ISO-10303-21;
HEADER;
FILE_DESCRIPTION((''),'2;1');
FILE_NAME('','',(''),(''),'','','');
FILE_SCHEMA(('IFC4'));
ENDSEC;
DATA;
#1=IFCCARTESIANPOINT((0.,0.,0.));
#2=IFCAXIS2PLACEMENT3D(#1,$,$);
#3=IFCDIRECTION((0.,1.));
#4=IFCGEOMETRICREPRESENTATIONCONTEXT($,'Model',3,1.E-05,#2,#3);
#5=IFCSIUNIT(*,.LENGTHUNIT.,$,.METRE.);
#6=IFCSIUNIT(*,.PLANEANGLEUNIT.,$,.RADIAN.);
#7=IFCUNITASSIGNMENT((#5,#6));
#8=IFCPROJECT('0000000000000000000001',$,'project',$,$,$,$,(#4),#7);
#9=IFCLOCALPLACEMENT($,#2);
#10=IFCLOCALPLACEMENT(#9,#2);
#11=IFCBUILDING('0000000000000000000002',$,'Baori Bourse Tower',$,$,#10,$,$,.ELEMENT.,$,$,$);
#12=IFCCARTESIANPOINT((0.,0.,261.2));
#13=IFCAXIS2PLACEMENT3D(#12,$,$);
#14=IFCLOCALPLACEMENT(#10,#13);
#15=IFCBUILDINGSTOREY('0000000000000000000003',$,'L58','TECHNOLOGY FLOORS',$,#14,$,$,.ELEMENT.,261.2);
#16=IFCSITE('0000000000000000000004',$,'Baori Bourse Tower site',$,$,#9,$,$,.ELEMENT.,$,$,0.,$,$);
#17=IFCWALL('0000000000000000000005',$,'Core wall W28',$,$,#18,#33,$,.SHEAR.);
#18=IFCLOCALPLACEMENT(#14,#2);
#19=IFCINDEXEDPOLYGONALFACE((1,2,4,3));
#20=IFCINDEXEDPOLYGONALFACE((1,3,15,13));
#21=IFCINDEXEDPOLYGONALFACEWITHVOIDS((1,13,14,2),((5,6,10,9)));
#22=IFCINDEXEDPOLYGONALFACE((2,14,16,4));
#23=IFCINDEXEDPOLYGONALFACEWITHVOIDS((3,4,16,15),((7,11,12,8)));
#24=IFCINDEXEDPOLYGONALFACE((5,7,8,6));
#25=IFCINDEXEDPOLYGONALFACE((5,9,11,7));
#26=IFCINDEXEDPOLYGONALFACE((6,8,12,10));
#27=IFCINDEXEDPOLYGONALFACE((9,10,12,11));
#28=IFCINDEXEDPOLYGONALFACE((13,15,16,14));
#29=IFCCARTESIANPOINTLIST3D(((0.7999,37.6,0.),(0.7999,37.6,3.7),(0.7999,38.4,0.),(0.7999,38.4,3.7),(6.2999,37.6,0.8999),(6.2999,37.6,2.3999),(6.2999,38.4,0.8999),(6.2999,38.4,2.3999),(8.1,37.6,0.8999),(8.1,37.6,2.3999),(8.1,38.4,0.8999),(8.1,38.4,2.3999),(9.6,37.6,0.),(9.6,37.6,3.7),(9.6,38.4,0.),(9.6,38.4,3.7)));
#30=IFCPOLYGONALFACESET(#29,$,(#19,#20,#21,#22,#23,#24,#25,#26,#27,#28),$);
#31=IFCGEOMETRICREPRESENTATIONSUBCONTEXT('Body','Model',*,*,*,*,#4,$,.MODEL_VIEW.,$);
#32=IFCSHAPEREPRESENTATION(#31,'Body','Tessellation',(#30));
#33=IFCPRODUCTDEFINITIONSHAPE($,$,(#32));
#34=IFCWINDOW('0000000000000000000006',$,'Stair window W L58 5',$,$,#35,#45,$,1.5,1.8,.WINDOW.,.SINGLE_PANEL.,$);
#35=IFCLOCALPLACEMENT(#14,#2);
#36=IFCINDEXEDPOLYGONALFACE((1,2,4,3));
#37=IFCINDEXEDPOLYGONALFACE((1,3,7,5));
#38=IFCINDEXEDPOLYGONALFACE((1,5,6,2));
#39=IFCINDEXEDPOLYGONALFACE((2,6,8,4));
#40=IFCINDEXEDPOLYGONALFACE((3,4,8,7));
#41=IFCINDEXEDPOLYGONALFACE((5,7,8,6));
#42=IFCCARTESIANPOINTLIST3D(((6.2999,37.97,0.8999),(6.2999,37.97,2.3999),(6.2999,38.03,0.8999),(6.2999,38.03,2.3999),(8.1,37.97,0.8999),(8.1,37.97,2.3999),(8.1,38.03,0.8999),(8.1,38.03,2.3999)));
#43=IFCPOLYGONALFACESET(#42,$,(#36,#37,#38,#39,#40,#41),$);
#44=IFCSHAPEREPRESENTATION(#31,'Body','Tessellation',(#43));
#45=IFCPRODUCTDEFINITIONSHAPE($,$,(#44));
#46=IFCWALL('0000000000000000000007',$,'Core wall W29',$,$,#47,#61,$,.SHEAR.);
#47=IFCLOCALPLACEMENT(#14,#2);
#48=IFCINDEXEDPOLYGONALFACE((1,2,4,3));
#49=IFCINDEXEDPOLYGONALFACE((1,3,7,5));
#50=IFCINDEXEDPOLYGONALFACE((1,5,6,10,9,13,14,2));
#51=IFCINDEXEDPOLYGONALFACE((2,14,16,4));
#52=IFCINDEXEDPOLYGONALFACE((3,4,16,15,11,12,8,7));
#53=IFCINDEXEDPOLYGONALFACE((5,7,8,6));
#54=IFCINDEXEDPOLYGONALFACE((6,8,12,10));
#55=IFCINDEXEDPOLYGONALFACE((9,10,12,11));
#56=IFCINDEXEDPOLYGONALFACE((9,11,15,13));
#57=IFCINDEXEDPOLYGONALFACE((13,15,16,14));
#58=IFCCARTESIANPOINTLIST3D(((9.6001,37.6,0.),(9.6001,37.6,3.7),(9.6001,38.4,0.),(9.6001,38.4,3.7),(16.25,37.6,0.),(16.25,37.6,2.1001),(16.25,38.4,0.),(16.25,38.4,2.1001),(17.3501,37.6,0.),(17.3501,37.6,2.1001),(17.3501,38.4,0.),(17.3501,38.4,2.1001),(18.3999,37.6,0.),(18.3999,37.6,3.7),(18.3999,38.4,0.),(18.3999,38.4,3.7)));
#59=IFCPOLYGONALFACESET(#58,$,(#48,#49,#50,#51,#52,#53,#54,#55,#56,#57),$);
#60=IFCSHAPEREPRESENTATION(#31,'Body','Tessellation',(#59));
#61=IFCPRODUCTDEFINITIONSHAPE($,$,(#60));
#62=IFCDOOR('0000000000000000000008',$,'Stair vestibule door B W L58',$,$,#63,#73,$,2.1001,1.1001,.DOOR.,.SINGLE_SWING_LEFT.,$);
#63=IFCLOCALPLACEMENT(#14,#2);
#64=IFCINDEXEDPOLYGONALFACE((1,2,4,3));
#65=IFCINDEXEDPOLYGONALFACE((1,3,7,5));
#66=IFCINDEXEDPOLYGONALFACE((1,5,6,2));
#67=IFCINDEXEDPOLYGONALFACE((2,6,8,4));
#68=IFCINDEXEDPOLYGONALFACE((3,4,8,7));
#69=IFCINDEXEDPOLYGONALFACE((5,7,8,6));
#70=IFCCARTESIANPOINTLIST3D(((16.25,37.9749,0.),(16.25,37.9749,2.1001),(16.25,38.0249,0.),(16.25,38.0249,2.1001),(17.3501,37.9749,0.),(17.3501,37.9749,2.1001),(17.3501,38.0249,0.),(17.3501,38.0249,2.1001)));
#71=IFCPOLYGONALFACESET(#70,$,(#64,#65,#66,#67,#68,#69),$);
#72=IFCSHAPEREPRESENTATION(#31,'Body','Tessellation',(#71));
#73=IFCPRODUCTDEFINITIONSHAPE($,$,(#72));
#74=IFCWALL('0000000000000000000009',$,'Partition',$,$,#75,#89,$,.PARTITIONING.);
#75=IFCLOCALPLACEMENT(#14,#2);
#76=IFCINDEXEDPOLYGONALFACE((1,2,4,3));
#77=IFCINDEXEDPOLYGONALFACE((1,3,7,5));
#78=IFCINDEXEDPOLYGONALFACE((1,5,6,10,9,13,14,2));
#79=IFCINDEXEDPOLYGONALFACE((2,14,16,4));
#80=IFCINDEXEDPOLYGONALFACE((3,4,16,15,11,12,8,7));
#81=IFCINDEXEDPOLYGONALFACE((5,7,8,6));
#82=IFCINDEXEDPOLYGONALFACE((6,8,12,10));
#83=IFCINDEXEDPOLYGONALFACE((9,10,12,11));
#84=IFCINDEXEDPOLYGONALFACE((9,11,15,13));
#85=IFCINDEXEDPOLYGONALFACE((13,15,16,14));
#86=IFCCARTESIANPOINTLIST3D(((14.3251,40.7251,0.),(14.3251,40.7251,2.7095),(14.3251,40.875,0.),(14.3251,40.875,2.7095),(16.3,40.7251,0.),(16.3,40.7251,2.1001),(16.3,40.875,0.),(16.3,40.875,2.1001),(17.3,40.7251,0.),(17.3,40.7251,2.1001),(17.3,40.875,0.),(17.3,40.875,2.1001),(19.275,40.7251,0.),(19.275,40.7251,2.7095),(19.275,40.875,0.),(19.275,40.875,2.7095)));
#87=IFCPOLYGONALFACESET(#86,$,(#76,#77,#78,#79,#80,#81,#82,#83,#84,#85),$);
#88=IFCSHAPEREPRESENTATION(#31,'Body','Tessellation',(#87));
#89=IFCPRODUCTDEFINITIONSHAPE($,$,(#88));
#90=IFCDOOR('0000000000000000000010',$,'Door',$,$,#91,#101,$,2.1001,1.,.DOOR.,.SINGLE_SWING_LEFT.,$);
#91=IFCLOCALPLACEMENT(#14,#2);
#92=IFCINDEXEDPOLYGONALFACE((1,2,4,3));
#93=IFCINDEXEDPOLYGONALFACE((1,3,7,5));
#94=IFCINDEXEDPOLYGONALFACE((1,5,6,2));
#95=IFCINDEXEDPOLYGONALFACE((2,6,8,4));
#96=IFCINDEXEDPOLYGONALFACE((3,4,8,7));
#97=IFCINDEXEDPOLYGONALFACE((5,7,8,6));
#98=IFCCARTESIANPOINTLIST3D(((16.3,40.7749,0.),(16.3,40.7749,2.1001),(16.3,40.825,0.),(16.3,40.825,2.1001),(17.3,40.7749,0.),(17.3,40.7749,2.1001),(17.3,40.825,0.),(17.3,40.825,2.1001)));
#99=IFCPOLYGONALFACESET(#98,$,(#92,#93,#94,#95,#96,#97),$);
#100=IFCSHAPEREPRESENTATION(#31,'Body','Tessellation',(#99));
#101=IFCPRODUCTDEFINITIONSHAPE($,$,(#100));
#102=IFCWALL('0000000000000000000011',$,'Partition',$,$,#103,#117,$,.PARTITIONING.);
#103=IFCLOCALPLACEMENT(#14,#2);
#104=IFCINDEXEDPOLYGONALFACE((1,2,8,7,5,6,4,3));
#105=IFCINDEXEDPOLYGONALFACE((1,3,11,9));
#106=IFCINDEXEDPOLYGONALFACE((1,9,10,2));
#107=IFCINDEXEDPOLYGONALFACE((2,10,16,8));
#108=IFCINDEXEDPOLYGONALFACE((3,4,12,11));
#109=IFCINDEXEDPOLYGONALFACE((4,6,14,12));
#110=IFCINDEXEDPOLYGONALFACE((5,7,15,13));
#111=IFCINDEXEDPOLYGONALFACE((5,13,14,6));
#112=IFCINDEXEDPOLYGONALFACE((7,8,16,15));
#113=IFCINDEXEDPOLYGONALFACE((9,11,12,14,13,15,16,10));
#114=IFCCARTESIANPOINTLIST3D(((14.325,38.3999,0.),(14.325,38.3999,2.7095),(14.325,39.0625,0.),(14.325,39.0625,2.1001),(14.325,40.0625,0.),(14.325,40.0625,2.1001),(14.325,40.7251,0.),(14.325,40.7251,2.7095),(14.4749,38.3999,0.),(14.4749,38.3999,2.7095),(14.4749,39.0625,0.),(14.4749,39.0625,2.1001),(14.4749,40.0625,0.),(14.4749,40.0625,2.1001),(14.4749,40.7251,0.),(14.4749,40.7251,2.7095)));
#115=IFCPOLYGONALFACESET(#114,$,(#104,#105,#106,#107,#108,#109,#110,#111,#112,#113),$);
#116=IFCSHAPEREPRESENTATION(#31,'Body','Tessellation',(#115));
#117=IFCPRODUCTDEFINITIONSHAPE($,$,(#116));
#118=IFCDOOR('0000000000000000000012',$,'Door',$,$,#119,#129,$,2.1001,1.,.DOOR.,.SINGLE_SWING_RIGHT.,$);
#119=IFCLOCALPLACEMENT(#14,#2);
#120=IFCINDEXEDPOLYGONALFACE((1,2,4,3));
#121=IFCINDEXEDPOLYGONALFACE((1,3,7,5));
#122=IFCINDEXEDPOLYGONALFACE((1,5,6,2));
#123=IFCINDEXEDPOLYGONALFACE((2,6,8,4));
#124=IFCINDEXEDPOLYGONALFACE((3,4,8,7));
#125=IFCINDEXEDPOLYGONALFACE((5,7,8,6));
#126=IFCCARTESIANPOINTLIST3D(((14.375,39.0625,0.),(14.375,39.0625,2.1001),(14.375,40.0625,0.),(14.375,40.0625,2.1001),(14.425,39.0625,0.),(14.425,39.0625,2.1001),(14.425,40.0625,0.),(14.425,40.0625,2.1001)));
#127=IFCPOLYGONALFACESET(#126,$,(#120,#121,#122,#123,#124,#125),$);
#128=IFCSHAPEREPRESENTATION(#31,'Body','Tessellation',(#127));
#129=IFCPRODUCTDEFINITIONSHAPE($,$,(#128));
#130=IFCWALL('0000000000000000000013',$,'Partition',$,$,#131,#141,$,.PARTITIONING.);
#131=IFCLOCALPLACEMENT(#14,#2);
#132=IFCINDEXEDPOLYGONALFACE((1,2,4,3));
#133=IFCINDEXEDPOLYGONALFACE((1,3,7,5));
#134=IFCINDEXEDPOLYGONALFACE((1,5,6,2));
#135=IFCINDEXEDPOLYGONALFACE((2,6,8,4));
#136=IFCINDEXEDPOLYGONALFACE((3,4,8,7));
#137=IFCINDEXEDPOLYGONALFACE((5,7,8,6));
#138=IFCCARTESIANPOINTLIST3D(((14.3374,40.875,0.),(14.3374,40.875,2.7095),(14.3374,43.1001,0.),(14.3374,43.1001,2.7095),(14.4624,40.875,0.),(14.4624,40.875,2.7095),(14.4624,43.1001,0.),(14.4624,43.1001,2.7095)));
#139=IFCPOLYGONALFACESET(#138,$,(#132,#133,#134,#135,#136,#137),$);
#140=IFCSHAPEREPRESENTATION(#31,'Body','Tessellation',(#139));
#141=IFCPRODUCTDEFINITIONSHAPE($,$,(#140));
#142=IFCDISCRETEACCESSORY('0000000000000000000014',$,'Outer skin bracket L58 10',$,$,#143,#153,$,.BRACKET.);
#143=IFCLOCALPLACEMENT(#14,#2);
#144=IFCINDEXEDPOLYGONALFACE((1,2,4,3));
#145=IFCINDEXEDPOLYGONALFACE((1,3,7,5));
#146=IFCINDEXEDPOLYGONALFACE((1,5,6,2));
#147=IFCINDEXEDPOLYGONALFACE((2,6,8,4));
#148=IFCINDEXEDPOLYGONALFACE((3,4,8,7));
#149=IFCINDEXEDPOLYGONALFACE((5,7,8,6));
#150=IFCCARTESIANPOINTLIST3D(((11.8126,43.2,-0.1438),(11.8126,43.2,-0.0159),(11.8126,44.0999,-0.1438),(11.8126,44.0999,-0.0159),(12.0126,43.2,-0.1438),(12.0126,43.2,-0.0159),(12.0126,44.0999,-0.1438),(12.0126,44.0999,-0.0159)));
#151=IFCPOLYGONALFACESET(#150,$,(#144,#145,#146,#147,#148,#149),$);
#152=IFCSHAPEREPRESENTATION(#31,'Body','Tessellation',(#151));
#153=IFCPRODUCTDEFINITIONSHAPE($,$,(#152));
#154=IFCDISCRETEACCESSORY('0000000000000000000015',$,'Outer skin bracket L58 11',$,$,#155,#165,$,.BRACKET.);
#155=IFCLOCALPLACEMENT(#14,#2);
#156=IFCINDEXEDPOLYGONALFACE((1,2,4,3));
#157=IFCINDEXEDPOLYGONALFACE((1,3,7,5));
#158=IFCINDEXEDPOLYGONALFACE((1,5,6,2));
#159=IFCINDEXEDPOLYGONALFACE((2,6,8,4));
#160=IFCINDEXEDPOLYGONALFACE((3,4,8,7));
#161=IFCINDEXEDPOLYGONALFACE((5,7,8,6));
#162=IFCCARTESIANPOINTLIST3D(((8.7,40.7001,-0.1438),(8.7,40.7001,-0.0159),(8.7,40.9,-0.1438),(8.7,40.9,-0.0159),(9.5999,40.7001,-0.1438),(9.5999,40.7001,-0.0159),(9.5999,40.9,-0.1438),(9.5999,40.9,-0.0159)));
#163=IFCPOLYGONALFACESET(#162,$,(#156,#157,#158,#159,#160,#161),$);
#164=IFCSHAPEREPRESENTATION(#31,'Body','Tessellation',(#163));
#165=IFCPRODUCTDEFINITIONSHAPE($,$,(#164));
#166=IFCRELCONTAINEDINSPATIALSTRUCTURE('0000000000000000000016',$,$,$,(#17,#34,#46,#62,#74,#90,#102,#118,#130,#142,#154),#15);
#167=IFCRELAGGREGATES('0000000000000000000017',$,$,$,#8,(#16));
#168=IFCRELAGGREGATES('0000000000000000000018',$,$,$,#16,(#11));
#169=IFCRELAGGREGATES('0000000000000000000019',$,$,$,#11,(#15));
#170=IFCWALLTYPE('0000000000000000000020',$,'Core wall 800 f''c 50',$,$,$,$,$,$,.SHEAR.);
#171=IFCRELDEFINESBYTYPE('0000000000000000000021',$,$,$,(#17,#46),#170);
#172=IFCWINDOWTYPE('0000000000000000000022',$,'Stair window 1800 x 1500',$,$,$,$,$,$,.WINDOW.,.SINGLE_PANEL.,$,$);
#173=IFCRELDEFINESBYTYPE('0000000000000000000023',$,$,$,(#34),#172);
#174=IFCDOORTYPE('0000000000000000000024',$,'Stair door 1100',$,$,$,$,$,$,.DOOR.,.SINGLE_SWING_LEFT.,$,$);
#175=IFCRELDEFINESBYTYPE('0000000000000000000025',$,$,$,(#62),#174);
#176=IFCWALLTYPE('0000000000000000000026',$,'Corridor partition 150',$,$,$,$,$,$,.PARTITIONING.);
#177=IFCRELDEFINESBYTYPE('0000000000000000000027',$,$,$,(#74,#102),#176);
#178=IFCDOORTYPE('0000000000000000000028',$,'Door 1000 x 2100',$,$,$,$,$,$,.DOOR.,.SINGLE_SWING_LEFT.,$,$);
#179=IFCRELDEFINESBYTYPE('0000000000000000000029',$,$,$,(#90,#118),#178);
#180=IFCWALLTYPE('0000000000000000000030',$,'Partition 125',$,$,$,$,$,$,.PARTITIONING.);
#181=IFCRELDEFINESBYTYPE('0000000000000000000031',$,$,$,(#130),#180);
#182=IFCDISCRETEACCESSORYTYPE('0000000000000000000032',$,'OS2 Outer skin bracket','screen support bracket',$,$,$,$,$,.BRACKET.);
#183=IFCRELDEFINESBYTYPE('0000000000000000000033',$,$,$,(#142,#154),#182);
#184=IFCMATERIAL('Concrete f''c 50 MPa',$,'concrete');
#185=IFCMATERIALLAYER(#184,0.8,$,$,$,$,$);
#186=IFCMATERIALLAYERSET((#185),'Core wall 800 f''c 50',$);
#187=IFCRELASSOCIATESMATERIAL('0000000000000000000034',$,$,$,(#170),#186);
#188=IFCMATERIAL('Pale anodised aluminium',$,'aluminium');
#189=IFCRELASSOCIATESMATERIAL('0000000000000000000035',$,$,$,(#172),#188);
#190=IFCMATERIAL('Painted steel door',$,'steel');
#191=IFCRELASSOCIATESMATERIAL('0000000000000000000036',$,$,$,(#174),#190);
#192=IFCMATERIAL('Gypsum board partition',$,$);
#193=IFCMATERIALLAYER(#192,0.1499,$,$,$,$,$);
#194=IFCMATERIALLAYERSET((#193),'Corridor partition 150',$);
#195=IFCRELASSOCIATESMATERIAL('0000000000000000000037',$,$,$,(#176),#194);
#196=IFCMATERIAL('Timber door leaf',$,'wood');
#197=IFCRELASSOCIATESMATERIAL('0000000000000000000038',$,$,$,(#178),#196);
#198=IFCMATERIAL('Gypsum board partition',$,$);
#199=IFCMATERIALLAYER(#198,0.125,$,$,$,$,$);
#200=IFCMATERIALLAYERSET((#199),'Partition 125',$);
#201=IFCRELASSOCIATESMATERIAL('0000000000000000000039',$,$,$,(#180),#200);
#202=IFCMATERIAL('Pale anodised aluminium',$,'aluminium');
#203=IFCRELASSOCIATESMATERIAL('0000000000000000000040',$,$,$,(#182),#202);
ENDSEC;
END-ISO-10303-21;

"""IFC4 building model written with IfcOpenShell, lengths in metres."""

from ifc_helpers import new_model, si_unit, direction, frame, frame_2d, origin, origin_2d, place, context, subcontext, project, spatial, rectangle, extrude, material, layer, layer_set, type_object, element, fill, save


model = new_model("IFC4")

# Units and contexts
model_context = context("Model", 3, precision=1e-05, world=origin(), true_north=direction((0.0, 1.0)))
body_context = subcontext(model_context, "Body", "Model", "MODEL_VIEW")
ifc_project = project(units=[si_unit("LENGTHUNIT", "METRE"), si_unit("PLANEANGLEUNIT", "RADIAN")], contexts=[model_context])

# Site, building, storey
site_placement = place(None, origin())
site = spatial("IfcSite", under=ifc_project, at=site_placement, Name="Baori Bourse Tower site", CompositionType="ELEMENT", RefElevation=0.0)
building_placement = place(site_placement, origin())
building = spatial("IfcBuilding", under=site, at=building_placement, Name="Baori Bourse Tower", CompositionType="ELEMENT")
storey_placement = place(building_placement, frame((0.0, 0.0, 261.2)))
storey = spatial("IfcBuildingStorey", under=building, at=storey_placement, Name="L58", Description="TECHNOLOGY FLOORS", CompositionType="ELEMENT", Elevation=261.2)

# Wall, opening, window
ifc_material_1 = material(Name="Concrete f'c 50 MPa", Category="concrete")
ifc_layer_1 = layer(ifc_material_1, 0.8)
ifc_layer_set_1 = layer_set([ifc_layer_1], Name="Core wall 800 f'c 50")
wall_type_1 = type_object("IfcWallType", Name="Core wall 800 f'c 50", PredefinedType="SHEAR", material=ifc_layer_set_1)
wall_1_placement = place(storey_placement, frame((0.8, 38.0, 0.0), z_axis=(0.0, 0.0, 1.0), x_axis=(1.0, 0.0, 0.0)))
wall_1 = element("IfcWall", 1, at=wall_1_placement, inside=storey, type_object=wall_type_1, Name="Core wall W28", PredefinedType="SHEAR", context=body_context, shape_type="SweptSolid", body=[
    extrude(rectangle(XDim=8.8, YDim=0.8, at=frame_2d((4.3999, 0.0))), origin(), (0.0, 0.0, 1.0), 3.7),
])
opening_1_placement = place(wall_1_placement, frame((5.5, 0.0, 0.8999)))
opening_1 = element("IfcOpeningElement", 2, at=opening_1_placement, cuts=wall_1, PredefinedType="OPENING", context=body_context, shape_type="SweptSolid", body=[
    extrude(rectangle(XDim=1.8, YDim=1.5, at=frame_2d((0.8999, 0.75))), frame((0.0, 0.4099, 0.0), z_axis=(0.0, -1.0, 0.0), x_axis=(1.0, 0.0, 0.0)), (0.0, 0.0, 1.0), 0.8201),
])
ifc_material_2 = material(Name="Pale anodised aluminium", Category="aluminium")
window_type = type_object("IfcWindowType", Name="Stair window 1800 x 1500", PartitioningType="SINGLE_PANEL", PredefinedType="WINDOW", material=ifc_material_2)
window_placement = place(opening_1_placement, origin())
window = element("IfcWindow", 3, at=window_placement, inside=storey, type_object=window_type, Name="Stair window W L58 5", OverallHeight=1.5, OverallWidth=1.8, PartitioningType="SINGLE_PANEL", PredefinedType="WINDOW", context=body_context, shape_type="SweptSolid", body=[
    extrude(rectangle(XDim=1.8, YDim=1.5, at=frame_2d((0.8999, 0.75))), frame((0.0, 0.03, 0.0), z_axis=(0.0, -1.0, 0.0), x_axis=(1.0, 0.0, 0.0)), (0.0, 0.0, 1.0), 0.0601),
])
fill(opening_1, window)

# Walls, openings, doors
wall_2_placement = place(storey_placement, frame((9.6001, 38.0, 0.0), z_axis=(0.0, 0.0, 1.0), x_axis=(1.0, 0.0, 0.0)))
wall_2 = element("IfcWall", 4, at=wall_2_placement, inside=storey, type_object=wall_type_1, Name="Core wall W29", PredefinedType="SHEAR", context=body_context, shape_type="SweptSolid", body=[
    extrude(rectangle(XDim=8.7998, YDim=0.8, at=frame_2d((4.3999, 0.0))), origin(), (0.0, 0.0, 1.0), 3.7),
])
opening_2_placement = place(wall_2_placement, frame((6.6499, 0.0, 0.0)))
opening_2 = element("IfcOpeningElement", 5, at=opening_2_placement, cuts=wall_2, PredefinedType="OPENING", context=body_context, shape_type="SweptSolid", body=[
    extrude(rectangle(XDim=1.1001, YDim=2.1001, at=frame_2d((0.55, 1.05))), frame((0.0, 0.4099, 0.0), z_axis=(0.0, -1.0, 0.0), x_axis=(1.0, 0.0, 0.0)), (0.0, 0.0, 1.0), 0.8201),
])
ifc_material_3 = material(Name="Painted steel door", Category="steel")
door_type_1 = type_object("IfcDoorType", Name="Stair door 1100", OperationType="SINGLE_SWING_LEFT", PredefinedType="DOOR", material=ifc_material_3)
door_1_placement = place(opening_2_placement, origin())
door_1 = element("IfcDoor", 6, at=door_1_placement, inside=storey, type_object=door_type_1, Name="Stair vestibule door B W L58", OperationType="SINGLE_SWING_LEFT", OverallHeight=2.1001, OverallWidth=1.1001, PredefinedType="DOOR", context=body_context, shape_type="SweptSolid", body=[
    extrude(rectangle(XDim=1.1001, YDim=2.1001, at=frame_2d((0.55, 1.05))), frame((0.0, 0.0249, 0.0), z_axis=(0.0, -1.0, 0.0), x_axis=(1.0, 0.0, 0.0)), (0.0, 0.0, 1.0), 0.05),
])
fill(opening_2, door_1)
ifc_material_4 = material(Name="Gypsum board partition")
ifc_layer_2 = layer(ifc_material_4, 0.1499)
ifc_layer_set_2 = layer_set([ifc_layer_2], Name="Corridor partition 150")
wall_type_2 = type_object("IfcWallType", Name="Corridor partition 150", PredefinedType="PARTITIONING", material=ifc_layer_set_2)
wall_3_placement = place(storey_placement, frame((14.325, 40.8, 0.0), z_axis=(0.0, 0.0, 1.0), x_axis=(1.0, 0.0, 0.0)))
wall_3 = element("IfcWall", 7, at=wall_3_placement, inside=storey, type_object=wall_type_2, Name="Partition", PredefinedType="PARTITIONING", context=body_context, shape_type="SweptSolid", body=[
    extrude(rectangle(XDim=4.95, YDim=0.1499, at=frame_2d((2.4751, 0.0))), origin(), (0.0, 0.0, 1.0), 2.7095),
])
opening_3_placement = place(wall_3_placement, frame((1.9751, 0.0, 0.0)))
opening_3 = element("IfcOpeningElement", 8, at=opening_3_placement, cuts=wall_3, PredefinedType="OPENING", context=body_context, shape_type="SweptSolid", body=[
    extrude(rectangle(XDim=1.0, YDim=2.1001, at=frame_2d((0.5, 1.05))), frame((0.0, 0.085, 0.0), z_axis=(0.0, -1.0, 0.0), x_axis=(1.0, 0.0, 0.0)), (0.0, 0.0, 1.0), 0.1699),
])
ifc_material_5 = material(Name="Timber door leaf", Category="wood")
door_type_2 = type_object("IfcDoorType", Name="Door 1000 x 2100", OperationType="SINGLE_SWING_LEFT", PredefinedType="DOOR", material=ifc_material_5)
door_2_placement = place(opening_3_placement, origin())
door_2 = element("IfcDoor", 9, at=door_2_placement, inside=storey, type_object=door_type_2, Name="Door", OperationType="SINGLE_SWING_LEFT", OverallHeight=2.1001, OverallWidth=1.0, PredefinedType="DOOR", context=body_context, shape_type="SweptSolid", body=[
    extrude(rectangle(XDim=1.0, YDim=2.1001, at=frame_2d((0.5, 1.05))), frame((0.0, 0.0249, 0.0), z_axis=(0.0, -1.0, 0.0), x_axis=(1.0, 0.0, 0.0)), (0.0, 0.0, 1.0), 0.05),
])
fill(opening_3, door_2)
wall_4_placement = place(storey_placement, frame((14.3999, 38.3999, 0.0), z_axis=(0.0, 0.0, 1.0), x_axis=(0.0, 1.0, 0.0)))
wall_4 = element("IfcWall", 10, at=wall_4_placement, inside=storey, type_object=wall_type_2, Name="Partition", PredefinedType="PARTITIONING", context=body_context, shape_type="SweptSolid", body=[
    extrude(rectangle(XDim=2.3252, YDim=0.1499, at=frame_2d((1.1626, 0.0))), origin(), (0.0, 0.0, 1.0), 2.7095),
])
opening_4_placement = place(wall_4_placement, frame((0.6626, 0.0, 0.0)))
opening_4 = element("IfcOpeningElement", 11, at=opening_4_placement, cuts=wall_4, PredefinedType="OPENING", context=body_context, shape_type="SweptSolid", body=[
    extrude(rectangle(XDim=1.0, YDim=2.1001, at=frame_2d((0.5, 1.05))), frame((0.0, 0.085, 0.0), z_axis=(0.0, -1.0, 0.0), x_axis=(1.0, 0.0, 0.0)), (0.0, 0.0, 1.0), 0.1699),
])
door_3_placement = place(opening_4_placement, origin())
door_3 = element("IfcDoor", 12, at=door_3_placement, inside=storey, type_object=door_type_2, Name="Door", OperationType="SINGLE_SWING_RIGHT", OverallHeight=2.1001, OverallWidth=1.0, PredefinedType="DOOR", context=body_context, shape_type="SweptSolid", body=[
    extrude(rectangle(XDim=1.0, YDim=2.1001, at=frame_2d((0.5, 1.05))), frame((0.0, 0.0249, 0.0), z_axis=(0.0, -1.0, 0.0), x_axis=(1.0, 0.0, 0.0)), (0.0, 0.0, 1.0), 0.05),
])
fill(opening_4, door_3)

# Wall
ifc_material_6 = material(Name="Gypsum board partition")
ifc_layer_3 = layer(ifc_material_6, 0.125)
ifc_layer_set_3 = layer_set([ifc_layer_3], Name="Partition 125")
wall_type_3 = type_object("IfcWallType", Name="Partition 125", PredefinedType="PARTITIONING", material=ifc_layer_set_3)
wall_5_placement = place(storey_placement, frame((14.3999, 40.875, 0.0), z_axis=(0.0, 0.0, 1.0), x_axis=(0.0, 1.0, 0.0)))
element("IfcWall", 13, at=wall_5_placement, inside=storey, type_object=wall_type_3, Name="Partition", PredefinedType="PARTITIONING", context=body_context, shape_type="SweptSolid", body=[
    extrude(rectangle(XDim=2.2251, YDim=0.125, at=frame_2d((1.1125, 0.0))), origin(), (0.0, 0.0, 1.0), 2.7095),
])

# Discrete accessories
ifc_material_7 = material(Name="Pale anodised aluminium", Category="aluminium")
discrete_accessory_type = type_object("IfcDiscreteAccessoryType", Name="OS2 Outer skin bracket", Description="screen support bracket", PredefinedType="BRACKET", material=ifc_material_7)
for number, where, z_axis, x_axis, name in (
    (14, (11.9126, 43.6499, -0.1438), (0.0, 0.0, 1.0), (-1.0, 0.0, 0.0), "Outer skin bracket L58 10"),
    (15, (9.1499, 40.8, -0.1438), (0.0, 0.0, 1.0), (0.0, -1.0, 0.0), "Outer skin bracket L58 11"),
):
    element("IfcDiscreteAccessory", number, at=place(storey_placement, frame(where, z_axis=z_axis, x_axis=x_axis)), inside=storey, type_object=discrete_accessory_type, Name=name, PredefinedType="BRACKET", context=body_context, shape_type="SweptSolid", body=[
        extrude(rectangle(XDim=0.2, YDim=0.8999, at=origin_2d()), origin(), (0.0, 0.0, 1.0), 0.1279),
    ])

save(model, "model.ifc")
